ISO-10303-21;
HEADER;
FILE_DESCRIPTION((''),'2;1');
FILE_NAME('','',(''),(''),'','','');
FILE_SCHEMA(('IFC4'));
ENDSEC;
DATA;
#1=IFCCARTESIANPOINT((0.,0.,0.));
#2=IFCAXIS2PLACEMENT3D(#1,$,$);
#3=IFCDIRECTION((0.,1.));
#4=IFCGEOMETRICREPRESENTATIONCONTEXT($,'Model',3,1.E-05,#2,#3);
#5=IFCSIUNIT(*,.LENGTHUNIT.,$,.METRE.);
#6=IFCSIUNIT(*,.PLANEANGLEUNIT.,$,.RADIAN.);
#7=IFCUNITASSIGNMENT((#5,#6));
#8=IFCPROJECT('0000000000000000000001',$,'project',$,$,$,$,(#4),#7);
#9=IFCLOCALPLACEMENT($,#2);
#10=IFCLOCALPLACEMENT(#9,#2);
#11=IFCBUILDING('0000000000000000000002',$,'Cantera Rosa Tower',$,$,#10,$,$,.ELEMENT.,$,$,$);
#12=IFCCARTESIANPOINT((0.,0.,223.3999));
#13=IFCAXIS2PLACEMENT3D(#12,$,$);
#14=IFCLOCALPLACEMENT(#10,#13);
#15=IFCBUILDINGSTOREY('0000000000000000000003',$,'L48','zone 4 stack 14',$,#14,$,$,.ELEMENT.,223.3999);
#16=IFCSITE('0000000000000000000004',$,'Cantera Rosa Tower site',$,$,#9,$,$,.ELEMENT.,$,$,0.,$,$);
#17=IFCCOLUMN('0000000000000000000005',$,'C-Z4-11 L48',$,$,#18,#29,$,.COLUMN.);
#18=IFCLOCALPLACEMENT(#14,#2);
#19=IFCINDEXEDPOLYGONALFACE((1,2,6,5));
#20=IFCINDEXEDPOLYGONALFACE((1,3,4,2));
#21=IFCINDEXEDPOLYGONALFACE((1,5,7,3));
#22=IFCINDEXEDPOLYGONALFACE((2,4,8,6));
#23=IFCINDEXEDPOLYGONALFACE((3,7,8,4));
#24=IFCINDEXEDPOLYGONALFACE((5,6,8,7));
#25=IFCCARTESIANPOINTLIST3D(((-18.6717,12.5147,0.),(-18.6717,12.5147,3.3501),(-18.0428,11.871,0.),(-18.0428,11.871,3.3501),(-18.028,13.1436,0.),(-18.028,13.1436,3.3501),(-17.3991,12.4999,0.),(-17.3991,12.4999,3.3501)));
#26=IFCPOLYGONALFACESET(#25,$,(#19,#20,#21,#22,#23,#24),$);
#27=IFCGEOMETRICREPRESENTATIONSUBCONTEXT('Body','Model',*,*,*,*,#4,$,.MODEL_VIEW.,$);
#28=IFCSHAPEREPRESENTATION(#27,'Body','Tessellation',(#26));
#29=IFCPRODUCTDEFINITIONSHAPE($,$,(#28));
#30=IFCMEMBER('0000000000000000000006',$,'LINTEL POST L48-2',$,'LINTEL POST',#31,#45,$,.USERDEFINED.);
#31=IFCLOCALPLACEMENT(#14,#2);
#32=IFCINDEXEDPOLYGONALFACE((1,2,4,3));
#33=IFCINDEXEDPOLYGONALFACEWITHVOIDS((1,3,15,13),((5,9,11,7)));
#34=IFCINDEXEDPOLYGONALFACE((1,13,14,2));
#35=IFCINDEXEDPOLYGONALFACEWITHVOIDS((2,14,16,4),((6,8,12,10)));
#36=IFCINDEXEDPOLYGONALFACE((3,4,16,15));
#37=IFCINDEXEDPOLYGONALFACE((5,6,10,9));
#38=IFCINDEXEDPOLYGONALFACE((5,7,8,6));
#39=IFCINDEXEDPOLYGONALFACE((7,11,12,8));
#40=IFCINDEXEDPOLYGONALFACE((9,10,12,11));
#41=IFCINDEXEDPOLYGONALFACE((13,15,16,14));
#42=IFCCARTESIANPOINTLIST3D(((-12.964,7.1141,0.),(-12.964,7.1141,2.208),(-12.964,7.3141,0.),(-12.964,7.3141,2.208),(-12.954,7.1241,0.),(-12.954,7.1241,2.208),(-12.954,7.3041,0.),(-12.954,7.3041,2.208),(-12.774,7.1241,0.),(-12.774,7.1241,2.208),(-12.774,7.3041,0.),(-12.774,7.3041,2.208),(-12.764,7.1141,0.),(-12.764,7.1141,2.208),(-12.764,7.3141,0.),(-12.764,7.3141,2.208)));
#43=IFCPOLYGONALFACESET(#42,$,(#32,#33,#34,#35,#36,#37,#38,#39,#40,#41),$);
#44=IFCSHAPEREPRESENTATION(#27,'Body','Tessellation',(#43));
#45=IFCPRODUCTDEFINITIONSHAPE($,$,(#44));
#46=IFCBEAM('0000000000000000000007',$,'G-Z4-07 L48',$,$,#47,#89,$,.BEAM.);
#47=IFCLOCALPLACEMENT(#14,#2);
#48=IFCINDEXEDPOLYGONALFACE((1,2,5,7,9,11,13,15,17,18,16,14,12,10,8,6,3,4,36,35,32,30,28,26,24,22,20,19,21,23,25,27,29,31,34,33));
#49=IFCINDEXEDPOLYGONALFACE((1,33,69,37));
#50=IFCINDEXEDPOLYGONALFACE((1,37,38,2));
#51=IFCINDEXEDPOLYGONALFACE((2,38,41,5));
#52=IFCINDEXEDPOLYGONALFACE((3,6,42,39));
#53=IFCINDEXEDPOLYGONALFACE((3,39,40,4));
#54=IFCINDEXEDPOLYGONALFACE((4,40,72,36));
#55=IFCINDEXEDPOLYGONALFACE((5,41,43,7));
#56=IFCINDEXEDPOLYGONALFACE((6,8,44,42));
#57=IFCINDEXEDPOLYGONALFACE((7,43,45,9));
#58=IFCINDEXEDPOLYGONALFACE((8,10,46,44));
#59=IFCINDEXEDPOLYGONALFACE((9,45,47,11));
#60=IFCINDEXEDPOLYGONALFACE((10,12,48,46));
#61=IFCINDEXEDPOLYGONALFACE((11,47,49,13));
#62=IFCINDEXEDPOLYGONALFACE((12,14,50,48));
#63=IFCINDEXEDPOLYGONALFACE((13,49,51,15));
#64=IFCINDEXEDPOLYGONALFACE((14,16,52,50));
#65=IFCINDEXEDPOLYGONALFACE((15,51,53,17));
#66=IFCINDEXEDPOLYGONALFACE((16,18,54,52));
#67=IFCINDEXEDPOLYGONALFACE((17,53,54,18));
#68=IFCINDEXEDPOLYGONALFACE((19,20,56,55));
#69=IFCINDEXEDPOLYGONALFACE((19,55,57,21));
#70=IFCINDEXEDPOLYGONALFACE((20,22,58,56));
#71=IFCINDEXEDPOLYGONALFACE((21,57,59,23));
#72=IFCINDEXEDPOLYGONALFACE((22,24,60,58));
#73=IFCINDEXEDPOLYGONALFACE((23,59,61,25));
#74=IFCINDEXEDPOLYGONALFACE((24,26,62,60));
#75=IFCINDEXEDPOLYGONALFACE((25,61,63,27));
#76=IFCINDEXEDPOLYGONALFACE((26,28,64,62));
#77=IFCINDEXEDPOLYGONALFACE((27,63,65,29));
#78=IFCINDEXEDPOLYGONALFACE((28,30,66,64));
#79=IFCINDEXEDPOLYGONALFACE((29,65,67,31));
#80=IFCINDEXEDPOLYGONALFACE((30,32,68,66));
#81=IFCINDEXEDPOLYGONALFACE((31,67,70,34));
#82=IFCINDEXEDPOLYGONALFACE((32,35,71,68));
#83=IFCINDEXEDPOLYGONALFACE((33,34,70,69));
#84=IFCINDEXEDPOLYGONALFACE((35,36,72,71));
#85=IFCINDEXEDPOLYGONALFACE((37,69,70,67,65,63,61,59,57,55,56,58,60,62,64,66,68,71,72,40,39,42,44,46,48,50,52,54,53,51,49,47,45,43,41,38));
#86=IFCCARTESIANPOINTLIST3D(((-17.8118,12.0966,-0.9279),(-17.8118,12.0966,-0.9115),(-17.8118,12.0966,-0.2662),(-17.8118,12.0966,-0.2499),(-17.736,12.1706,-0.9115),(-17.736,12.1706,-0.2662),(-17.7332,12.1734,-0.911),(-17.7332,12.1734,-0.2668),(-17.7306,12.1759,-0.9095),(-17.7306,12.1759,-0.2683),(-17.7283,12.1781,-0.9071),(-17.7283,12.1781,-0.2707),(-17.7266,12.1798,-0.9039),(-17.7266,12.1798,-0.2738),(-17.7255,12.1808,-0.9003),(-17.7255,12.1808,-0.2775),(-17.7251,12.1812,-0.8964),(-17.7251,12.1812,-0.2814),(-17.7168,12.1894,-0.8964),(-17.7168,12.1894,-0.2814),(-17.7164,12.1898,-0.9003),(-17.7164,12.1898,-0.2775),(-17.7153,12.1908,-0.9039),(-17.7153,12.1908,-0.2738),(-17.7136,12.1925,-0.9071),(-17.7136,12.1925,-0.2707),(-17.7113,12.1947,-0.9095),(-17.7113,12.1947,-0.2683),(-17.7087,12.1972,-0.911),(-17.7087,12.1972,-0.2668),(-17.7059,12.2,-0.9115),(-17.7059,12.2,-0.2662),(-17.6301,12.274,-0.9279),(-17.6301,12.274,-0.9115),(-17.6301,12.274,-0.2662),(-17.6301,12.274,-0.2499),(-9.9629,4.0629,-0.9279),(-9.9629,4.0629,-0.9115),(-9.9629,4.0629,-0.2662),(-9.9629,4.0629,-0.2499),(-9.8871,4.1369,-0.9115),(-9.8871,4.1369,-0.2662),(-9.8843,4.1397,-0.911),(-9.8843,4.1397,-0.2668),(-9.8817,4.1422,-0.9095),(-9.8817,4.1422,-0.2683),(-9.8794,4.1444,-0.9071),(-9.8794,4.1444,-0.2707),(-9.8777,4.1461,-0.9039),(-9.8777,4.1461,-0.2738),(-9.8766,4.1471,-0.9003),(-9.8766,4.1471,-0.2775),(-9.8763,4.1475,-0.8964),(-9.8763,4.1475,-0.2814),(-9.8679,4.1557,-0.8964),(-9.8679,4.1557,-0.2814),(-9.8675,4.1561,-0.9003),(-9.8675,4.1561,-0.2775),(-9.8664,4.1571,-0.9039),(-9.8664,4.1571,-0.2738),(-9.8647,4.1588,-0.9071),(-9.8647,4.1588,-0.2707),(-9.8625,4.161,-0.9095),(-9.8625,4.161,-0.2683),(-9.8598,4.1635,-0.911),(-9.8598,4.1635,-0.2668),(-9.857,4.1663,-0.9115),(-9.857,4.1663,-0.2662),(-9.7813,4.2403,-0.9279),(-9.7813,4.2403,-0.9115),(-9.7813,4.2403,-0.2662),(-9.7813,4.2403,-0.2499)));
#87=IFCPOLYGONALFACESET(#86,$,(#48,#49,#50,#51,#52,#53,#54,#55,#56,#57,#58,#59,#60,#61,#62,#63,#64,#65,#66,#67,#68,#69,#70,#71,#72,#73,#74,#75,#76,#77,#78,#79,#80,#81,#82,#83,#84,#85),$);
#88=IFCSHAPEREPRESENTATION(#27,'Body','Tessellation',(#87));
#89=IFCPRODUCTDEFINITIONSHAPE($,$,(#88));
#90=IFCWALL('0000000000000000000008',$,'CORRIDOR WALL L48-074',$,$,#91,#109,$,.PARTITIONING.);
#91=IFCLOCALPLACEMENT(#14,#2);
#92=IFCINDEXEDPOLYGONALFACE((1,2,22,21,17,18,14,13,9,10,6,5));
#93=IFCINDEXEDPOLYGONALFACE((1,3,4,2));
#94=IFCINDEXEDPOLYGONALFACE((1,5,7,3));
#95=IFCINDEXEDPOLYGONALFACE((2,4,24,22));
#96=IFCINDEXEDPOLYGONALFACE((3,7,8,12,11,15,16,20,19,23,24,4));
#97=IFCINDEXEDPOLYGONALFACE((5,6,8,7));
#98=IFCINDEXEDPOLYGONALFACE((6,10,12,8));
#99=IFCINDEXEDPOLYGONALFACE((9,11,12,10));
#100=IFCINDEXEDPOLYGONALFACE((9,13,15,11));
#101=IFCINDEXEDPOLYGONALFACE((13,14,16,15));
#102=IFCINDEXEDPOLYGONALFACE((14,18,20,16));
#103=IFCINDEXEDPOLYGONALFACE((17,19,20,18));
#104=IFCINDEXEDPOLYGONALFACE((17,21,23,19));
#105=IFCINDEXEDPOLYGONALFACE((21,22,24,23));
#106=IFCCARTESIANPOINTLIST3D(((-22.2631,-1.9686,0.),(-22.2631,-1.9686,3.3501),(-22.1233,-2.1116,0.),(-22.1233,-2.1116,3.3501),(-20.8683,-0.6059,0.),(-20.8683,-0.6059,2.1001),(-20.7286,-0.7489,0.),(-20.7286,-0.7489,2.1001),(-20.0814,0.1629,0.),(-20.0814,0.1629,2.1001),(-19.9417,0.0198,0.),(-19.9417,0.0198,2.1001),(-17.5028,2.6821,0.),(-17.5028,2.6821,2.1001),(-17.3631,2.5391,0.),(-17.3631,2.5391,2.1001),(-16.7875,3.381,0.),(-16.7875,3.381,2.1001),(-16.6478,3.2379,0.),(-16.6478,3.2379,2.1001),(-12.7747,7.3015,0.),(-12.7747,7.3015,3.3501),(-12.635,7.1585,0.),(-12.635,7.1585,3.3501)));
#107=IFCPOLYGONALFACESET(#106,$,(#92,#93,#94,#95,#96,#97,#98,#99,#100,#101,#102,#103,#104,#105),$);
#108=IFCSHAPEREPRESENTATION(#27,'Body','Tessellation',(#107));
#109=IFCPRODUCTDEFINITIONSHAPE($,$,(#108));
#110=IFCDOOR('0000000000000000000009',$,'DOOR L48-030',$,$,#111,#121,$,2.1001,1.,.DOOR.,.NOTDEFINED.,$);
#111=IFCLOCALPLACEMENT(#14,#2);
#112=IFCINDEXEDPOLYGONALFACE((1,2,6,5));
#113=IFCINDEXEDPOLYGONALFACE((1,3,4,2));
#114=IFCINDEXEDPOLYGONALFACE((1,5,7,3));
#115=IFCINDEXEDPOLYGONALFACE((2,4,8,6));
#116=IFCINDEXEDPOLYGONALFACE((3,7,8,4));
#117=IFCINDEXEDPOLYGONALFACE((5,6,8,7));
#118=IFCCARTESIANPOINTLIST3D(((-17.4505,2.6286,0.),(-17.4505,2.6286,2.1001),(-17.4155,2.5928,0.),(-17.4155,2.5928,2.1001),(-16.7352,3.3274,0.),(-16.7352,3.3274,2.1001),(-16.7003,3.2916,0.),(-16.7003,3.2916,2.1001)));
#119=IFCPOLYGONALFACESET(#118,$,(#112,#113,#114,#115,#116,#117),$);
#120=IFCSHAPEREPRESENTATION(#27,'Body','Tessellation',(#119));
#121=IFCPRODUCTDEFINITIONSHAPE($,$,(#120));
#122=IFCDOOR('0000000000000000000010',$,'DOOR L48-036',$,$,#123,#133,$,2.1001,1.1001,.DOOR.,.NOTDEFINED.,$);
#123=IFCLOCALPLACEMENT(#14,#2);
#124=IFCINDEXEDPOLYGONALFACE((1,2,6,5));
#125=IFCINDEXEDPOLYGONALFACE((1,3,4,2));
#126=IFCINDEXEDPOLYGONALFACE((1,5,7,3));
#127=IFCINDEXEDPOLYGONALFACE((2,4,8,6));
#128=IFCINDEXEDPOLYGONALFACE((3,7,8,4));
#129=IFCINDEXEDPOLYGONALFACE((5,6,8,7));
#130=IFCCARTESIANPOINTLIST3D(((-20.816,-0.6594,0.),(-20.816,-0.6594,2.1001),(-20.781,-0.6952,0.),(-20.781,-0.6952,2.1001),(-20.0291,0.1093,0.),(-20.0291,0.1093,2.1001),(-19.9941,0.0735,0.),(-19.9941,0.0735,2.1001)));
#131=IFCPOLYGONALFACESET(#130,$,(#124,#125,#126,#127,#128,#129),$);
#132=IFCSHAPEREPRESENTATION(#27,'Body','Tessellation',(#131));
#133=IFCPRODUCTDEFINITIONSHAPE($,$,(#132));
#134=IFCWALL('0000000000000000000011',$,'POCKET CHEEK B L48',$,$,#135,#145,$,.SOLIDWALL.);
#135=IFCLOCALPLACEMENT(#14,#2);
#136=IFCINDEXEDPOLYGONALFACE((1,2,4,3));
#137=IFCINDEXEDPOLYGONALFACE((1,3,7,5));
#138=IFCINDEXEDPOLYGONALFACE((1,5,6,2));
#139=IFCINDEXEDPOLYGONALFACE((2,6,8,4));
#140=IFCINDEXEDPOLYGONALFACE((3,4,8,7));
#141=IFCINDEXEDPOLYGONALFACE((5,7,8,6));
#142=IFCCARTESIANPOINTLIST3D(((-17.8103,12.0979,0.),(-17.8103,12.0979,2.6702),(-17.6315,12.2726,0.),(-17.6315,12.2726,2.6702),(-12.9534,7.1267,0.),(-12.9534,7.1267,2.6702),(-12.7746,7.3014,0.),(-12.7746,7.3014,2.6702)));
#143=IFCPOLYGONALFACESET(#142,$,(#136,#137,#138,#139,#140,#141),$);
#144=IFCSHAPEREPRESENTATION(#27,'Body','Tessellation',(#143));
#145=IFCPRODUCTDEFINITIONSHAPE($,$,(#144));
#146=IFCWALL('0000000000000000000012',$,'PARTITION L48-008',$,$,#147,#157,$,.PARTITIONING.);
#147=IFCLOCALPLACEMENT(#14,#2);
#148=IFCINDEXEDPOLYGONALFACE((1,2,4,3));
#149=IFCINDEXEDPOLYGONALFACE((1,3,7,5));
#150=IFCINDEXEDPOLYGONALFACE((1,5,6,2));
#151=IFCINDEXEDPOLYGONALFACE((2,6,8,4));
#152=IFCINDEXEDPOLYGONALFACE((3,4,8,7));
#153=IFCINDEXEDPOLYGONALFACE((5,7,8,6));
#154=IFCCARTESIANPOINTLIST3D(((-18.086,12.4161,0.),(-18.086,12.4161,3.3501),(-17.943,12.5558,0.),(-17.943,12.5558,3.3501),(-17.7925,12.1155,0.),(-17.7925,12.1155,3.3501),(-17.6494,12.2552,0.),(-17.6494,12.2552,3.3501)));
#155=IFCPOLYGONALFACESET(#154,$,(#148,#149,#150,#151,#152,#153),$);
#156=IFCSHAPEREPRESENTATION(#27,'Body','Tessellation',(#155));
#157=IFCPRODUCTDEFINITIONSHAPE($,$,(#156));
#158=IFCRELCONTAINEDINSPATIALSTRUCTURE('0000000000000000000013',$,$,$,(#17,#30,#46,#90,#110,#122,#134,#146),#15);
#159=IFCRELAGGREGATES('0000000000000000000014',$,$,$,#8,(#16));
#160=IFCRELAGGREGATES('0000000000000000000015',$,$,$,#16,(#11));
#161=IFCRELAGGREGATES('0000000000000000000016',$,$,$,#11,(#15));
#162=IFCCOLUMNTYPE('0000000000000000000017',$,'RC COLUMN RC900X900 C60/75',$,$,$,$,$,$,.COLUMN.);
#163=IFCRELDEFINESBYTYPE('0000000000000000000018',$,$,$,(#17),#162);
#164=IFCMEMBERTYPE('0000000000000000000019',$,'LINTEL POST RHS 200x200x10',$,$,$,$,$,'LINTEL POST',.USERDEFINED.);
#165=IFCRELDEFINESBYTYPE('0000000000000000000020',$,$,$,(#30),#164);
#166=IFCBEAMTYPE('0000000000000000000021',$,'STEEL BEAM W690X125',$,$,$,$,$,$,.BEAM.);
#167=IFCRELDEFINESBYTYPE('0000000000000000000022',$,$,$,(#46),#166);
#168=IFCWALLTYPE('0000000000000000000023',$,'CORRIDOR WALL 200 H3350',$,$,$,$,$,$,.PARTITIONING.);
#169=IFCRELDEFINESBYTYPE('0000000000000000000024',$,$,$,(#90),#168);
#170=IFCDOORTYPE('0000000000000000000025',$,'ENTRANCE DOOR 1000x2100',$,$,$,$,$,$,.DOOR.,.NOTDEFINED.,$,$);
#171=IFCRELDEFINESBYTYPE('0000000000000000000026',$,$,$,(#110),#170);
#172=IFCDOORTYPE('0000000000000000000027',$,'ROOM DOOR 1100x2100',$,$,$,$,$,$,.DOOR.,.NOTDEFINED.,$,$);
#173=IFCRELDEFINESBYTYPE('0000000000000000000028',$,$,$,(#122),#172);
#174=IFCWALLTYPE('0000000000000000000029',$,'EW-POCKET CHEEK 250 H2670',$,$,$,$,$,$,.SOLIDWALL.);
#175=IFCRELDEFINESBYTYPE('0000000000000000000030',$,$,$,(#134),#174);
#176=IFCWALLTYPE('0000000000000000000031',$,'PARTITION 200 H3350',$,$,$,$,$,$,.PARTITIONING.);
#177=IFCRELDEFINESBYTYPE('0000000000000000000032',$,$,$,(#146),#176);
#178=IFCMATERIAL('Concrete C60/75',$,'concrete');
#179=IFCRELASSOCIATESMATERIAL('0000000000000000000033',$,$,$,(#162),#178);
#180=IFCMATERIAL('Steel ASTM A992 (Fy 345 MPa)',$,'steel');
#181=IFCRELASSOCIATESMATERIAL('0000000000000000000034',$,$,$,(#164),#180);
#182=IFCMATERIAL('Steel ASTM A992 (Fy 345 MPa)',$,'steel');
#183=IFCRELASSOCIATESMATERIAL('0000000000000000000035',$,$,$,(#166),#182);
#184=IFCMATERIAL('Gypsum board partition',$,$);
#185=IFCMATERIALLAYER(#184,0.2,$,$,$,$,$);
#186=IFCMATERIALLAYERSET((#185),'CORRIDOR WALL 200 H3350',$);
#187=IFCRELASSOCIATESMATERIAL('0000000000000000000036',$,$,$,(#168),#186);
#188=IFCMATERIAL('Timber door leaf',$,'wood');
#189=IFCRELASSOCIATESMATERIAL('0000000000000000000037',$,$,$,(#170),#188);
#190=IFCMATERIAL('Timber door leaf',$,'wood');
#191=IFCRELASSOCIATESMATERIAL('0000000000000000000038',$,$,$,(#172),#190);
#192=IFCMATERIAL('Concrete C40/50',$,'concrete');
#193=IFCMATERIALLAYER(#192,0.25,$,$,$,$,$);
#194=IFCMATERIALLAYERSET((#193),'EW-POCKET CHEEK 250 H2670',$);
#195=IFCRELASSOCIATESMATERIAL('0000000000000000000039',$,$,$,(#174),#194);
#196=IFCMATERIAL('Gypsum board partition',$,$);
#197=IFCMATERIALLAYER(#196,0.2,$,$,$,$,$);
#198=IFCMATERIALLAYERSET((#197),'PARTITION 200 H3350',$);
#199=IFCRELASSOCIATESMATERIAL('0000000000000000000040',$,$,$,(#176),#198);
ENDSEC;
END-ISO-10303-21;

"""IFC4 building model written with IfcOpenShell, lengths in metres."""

from ifc_helpers import new_model, si_unit, direction, frame, frame_2d, origin, origin_2d, place, context, subcontext, project, spatial, rectangle, hollow_rectangle, i_section, extrude, material, layer, layer_set, material_profile, profile_set, type_object, element, fill, save


model = new_model("IFC4")

# Units and contexts
model_context = context("Model", 3, precision=1e-05, world=origin(), true_north=direction((0.0, 1.0)))
body_context = subcontext(model_context, "Body", "Model", "MODEL_VIEW")
ifc_project = project(units=[si_unit("LENGTHUNIT", "METRE"), si_unit("PLANEANGLEUNIT", "RADIAN")], contexts=[model_context])

# Site, building, storey
site_placement = place(None, origin())
site = spatial("IfcSite", under=ifc_project, at=site_placement, Name="Cantera Rosa Tower site", CompositionType="ELEMENT", RefElevation=0.0)
building_placement = place(site_placement, origin())
building = spatial("IfcBuilding", under=site, at=building_placement, Name="Cantera Rosa Tower", CompositionType="ELEMENT")
storey_placement = place(building_placement, frame((0.0, 0.0, 223.3999)))
storey = spatial("IfcBuildingStorey", under=building, at=storey_placement, Name="L48", Description="zone 4 stack 14", CompositionType="ELEMENT", Elevation=223.3999)

# Column
ifc_material_1 = material(Name="Concrete C60/75", Category="concrete")
ifc_material_profile_1 = material_profile(ifc_material_1, rectangle(XDim=0.8999, YDim=0.8999, at=origin_2d()), Name="RC COLUMN RC900X900 C60/75")
ifc_profile_set_1 = profile_set([ifc_material_profile_1], Name="Concrete C60/75")
column_type = type_object("IfcColumnType", Name="RC COLUMN RC900X900 C60/75", PredefinedType="COLUMN", material=ifc_profile_set_1)
column_placement = place(storey_placement, frame((-18.0354, 12.5073, 0.0), z_axis=(0.0, 0.0, 1.0), x_axis=(0.715286, 0.698832, 0.0)))
element("IfcColumn", 1, at=column_placement, inside=storey, type_object=column_type, Name="C-Z4-11 L48", PredefinedType="COLUMN", context=body_context, shape_type="SweptSolid", body=[
    extrude(rectangle(XDim=0.8999, YDim=0.8999, at=origin_2d()), origin(), (0.0, 0.0, 1.0), 3.3501),
])

# Member
ifc_material_2 = material(Name="Steel ASTM A992 (Fy 345 MPa)", Category="steel")
ifc_material_profile_2 = material_profile(ifc_material_2, hollow_rectangle(XDim=0.2, YDim=0.2, WallThickness=0.01, at=origin_2d()), Name="LINTEL POST RHS 200x200x10")
ifc_profile_set_2 = profile_set([ifc_material_profile_2], Name="Steel ASTM A992 (Fy 345 MPa)")
member_type = type_object("IfcMemberType", Name="LINTEL POST RHS 200x200x10", ElementType="LINTEL POST", PredefinedType="USERDEFINED", material=ifc_profile_set_2)
member_placement = place(storey_placement, frame((-12.864, 7.2141, 0.0), z_axis=(0.0, 0.0, 1.0), x_axis=(1.0, 0.0, 0.0)))
element("IfcMember", 2, at=member_placement, inside=storey, type_object=member_type, Name="LINTEL POST L48-2", ObjectType="LINTEL POST", PredefinedType="USERDEFINED", context=body_context, shape_type="SweptSolid", body=[
    extrude(hollow_rectangle(XDim=0.2, YDim=0.2, WallThickness=0.01, at=origin_2d()), origin(), (0.0, 0.0, 1.0), 2.208),
])

# Beam
ifc_material_3 = material(Name="Steel ASTM A992 (Fy 345 MPa)", Category="steel")
ifc_material_profile_3 = material_profile(ifc_material_3, i_section(OverallWidth=0.2539, OverallDepth=0.678, WebThickness=0.0117, FlangeThickness=0.0164, FilletRadius=0.0151, at=origin_2d()), Name="W690X125")
ifc_profile_set_3 = profile_set([ifc_material_profile_3], Name="Steel ASTM A992 (Fy 345 MPa)")
beam_type = type_object("IfcBeamType", Name="STEEL BEAM W690X125", PredefinedType="BEAM", material=ifc_profile_set_3)
beam_placement = place(storey_placement, frame((-17.7209, 12.1853, -0.5889), z_axis=(0.698831, -0.715286, 0.0), x_axis=(0.715286, 0.698831, 0.0)))
element("IfcBeam", 3, at=beam_placement, inside=storey, type_object=beam_type, Name="G-Z4-07 L48", PredefinedType="BEAM", context=body_context, shape_type="SweptSolid", body=[
    extrude(i_section(OverallWidth=0.2539, OverallDepth=0.678, WebThickness=0.0117, FlangeThickness=0.0164, FilletRadius=0.0151, at=origin_2d()), origin(), (0.0, 0.0, 1.0), 11.2314),
])

# Wall, openings, doors
ifc_material_4 = material(Name="Gypsum board partition")
ifc_layer_1 = layer(ifc_material_4, 0.2)
ifc_layer_set_1 = layer_set([ifc_layer_1], Name="CORRIDOR WALL 200 H3350")
wall_type_1 = type_object("IfcWallType", Name="CORRIDOR WALL 200 H3350", PredefinedType="PARTITIONING", material=ifc_layer_set_1)
wall_1_placement = place(storey_placement, frame((-12.7048, 7.23, 0.0), z_axis=(0.0, 0.0, 1.0), x_axis=(-0.715286, -0.698832, 0.0)))
wall_1 = element("IfcWall", 4, at=wall_1_placement, inside=storey, type_object=wall_type_1, Name="CORRIDOR WALL L48-074", PredefinedType="PARTITIONING", context=body_context, shape_type="SweptSolid", body=[
    extrude(rectangle(XDim=13.2651, YDim=0.2, at=frame_2d((6.6326, 0.0))), origin(), (0.0, 0.0, 1.0), 3.3501),
])
opening_1_placement = place(wall_1_placement, frame((5.6101, 0.0, 0.0)))
opening_1 = element("IfcOpeningElement", 5, at=opening_1_placement, cuts=wall_1, PredefinedType="OPENING", context=body_context, shape_type="SweptSolid", body=[
    extrude(rectangle(XDim=1.0, YDim=2.1001, at=frame_2d((0.5, 1.05))), frame((0.0, 0.1099, 0.0), z_axis=(0.0, -1.0, 0.0), x_axis=(1.0, 0.0, 0.0)), (0.0, 0.0, 1.0), 0.22),
])
opening_2_placement = place(wall_1_placement, frame((10.2151, 0.0, 0.0)))
opening_2 = element("IfcOpeningElement", 6, at=opening_2_placement, cuts=wall_1, PredefinedType="OPENING", context=body_context, shape_type="SweptSolid", body=[
    extrude(rectangle(XDim=1.1001, YDim=2.1001, at=frame_2d((0.55, 1.05))), frame((0.0, 0.1099, 0.0), z_axis=(0.0, -1.0, 0.0), x_axis=(1.0, 0.0, 0.0)), (0.0, 0.0, 1.0), 0.22),
])
ifc_material_5 = material(Name="Timber door leaf", Category="wood")
door_type_1 = type_object("IfcDoorType", Name="ENTRANCE DOOR 1000x2100", OperationType="NOTDEFINED", PredefinedType="DOOR", material=ifc_material_5)
door_1_placement = place(opening_1_placement, origin())
door_1 = element("IfcDoor", 7, at=door_1_placement, inside=storey, type_object=door_type_1, Name="DOOR L48-030", OperationType="NOTDEFINED", OverallHeight=2.1001, OverallWidth=1.0, PredefinedType="DOOR", context=body_context, shape_type="SweptSolid", body=[
    extrude(rectangle(XDim=1.0, YDim=2.1001, at=frame_2d((0.5, 1.05))), frame((0.0, 0.0249, 0.0), z_axis=(0.0, -1.0, 0.0), x_axis=(1.0, 0.0, 0.0)), (0.0, 0.0, 1.0), 0.05),
])
fill(opening_1, door_1)
ifc_material_6 = material(Name="Timber door leaf", Category="wood")
door_type_2 = type_object("IfcDoorType", Name="ROOM DOOR 1100x2100", OperationType="NOTDEFINED", PredefinedType="DOOR", material=ifc_material_6)
door_2_placement = place(opening_2_placement, origin())
door_2 = element("IfcDoor", 8, at=door_2_placement, inside=storey, type_object=door_type_2, Name="DOOR L48-036", OperationType="NOTDEFINED", OverallHeight=2.1001, OverallWidth=1.1001, PredefinedType="DOOR", context=body_context, shape_type="SweptSolid", body=[
    extrude(rectangle(XDim=1.1001, YDim=2.1001, at=frame_2d((0.55, 1.05))), frame((0.0, 0.0249, 0.0), z_axis=(0.0, -1.0, 0.0), x_axis=(1.0, 0.0, 0.0)), (0.0, 0.0, 1.0), 0.05),
])
fill(opening_2, door_2)

# Walls
ifc_material_7 = material(Name="Concrete C40/50", Category="concrete")
ifc_layer_2 = layer(ifc_material_7, 0.25)
ifc_layer_set_2 = layer_set([ifc_layer_2], Name="EW-POCKET CHEEK 250 H2670")
wall_type_2 = type_object("IfcWallType", Name="EW-POCKET CHEEK 250 H2670", PredefinedType="SOLIDWALL", material=ifc_layer_set_2)
wall_2_placement = place(storey_placement, frame((-17.7209, 12.1853, 0.0), z_axis=(0.0, 0.0, 1.0), x_axis=(0.698839, -0.715279, 0.0)))
element("IfcWall", 9, at=wall_2_placement, inside=storey, type_object=wall_type_2, Name="POCKET CHEEK B L48", PredefinedType="SOLIDWALL", context=body_context, shape_type="SweptSolid", body=[
    extrude(rectangle(XDim=6.95, YDim=0.25, at=frame_2d((3.4751, 0.0))), origin(), (0.0, 0.0, 1.0), 2.6702),
])
ifc_material_8 = material(Name="Gypsum board partition")
ifc_layer_3 = layer(ifc_material_8, 0.2)
ifc_layer_set_3 = layer_set([ifc_layer_3], Name="PARTITION 200 H3350")
wall_type_3 = type_object("IfcWallType", Name="PARTITION 200 H3350", PredefinedType="PARTITIONING", material=ifc_layer_set_3)
wall_3_placement = place(storey_placement, frame((-18.0144, 12.4858, 0.0), z_axis=(0.0, 0.0, 1.0), x_axis=(0.698629, -0.715484, 0.0)))
element("IfcWall", 10, at=wall_3_placement, inside=storey, type_object=wall_type_3, Name="PARTITION L48-008", PredefinedType="PARTITIONING", context=body_context, shape_type="SweptSolid", body=[
    extrude(rectangle(XDim=0.4202, YDim=0.2, at=frame_2d((0.21, 0.0))), origin(), (0.0, 0.0, 1.0), 3.3501),
])

save(model, "model.ifc")
